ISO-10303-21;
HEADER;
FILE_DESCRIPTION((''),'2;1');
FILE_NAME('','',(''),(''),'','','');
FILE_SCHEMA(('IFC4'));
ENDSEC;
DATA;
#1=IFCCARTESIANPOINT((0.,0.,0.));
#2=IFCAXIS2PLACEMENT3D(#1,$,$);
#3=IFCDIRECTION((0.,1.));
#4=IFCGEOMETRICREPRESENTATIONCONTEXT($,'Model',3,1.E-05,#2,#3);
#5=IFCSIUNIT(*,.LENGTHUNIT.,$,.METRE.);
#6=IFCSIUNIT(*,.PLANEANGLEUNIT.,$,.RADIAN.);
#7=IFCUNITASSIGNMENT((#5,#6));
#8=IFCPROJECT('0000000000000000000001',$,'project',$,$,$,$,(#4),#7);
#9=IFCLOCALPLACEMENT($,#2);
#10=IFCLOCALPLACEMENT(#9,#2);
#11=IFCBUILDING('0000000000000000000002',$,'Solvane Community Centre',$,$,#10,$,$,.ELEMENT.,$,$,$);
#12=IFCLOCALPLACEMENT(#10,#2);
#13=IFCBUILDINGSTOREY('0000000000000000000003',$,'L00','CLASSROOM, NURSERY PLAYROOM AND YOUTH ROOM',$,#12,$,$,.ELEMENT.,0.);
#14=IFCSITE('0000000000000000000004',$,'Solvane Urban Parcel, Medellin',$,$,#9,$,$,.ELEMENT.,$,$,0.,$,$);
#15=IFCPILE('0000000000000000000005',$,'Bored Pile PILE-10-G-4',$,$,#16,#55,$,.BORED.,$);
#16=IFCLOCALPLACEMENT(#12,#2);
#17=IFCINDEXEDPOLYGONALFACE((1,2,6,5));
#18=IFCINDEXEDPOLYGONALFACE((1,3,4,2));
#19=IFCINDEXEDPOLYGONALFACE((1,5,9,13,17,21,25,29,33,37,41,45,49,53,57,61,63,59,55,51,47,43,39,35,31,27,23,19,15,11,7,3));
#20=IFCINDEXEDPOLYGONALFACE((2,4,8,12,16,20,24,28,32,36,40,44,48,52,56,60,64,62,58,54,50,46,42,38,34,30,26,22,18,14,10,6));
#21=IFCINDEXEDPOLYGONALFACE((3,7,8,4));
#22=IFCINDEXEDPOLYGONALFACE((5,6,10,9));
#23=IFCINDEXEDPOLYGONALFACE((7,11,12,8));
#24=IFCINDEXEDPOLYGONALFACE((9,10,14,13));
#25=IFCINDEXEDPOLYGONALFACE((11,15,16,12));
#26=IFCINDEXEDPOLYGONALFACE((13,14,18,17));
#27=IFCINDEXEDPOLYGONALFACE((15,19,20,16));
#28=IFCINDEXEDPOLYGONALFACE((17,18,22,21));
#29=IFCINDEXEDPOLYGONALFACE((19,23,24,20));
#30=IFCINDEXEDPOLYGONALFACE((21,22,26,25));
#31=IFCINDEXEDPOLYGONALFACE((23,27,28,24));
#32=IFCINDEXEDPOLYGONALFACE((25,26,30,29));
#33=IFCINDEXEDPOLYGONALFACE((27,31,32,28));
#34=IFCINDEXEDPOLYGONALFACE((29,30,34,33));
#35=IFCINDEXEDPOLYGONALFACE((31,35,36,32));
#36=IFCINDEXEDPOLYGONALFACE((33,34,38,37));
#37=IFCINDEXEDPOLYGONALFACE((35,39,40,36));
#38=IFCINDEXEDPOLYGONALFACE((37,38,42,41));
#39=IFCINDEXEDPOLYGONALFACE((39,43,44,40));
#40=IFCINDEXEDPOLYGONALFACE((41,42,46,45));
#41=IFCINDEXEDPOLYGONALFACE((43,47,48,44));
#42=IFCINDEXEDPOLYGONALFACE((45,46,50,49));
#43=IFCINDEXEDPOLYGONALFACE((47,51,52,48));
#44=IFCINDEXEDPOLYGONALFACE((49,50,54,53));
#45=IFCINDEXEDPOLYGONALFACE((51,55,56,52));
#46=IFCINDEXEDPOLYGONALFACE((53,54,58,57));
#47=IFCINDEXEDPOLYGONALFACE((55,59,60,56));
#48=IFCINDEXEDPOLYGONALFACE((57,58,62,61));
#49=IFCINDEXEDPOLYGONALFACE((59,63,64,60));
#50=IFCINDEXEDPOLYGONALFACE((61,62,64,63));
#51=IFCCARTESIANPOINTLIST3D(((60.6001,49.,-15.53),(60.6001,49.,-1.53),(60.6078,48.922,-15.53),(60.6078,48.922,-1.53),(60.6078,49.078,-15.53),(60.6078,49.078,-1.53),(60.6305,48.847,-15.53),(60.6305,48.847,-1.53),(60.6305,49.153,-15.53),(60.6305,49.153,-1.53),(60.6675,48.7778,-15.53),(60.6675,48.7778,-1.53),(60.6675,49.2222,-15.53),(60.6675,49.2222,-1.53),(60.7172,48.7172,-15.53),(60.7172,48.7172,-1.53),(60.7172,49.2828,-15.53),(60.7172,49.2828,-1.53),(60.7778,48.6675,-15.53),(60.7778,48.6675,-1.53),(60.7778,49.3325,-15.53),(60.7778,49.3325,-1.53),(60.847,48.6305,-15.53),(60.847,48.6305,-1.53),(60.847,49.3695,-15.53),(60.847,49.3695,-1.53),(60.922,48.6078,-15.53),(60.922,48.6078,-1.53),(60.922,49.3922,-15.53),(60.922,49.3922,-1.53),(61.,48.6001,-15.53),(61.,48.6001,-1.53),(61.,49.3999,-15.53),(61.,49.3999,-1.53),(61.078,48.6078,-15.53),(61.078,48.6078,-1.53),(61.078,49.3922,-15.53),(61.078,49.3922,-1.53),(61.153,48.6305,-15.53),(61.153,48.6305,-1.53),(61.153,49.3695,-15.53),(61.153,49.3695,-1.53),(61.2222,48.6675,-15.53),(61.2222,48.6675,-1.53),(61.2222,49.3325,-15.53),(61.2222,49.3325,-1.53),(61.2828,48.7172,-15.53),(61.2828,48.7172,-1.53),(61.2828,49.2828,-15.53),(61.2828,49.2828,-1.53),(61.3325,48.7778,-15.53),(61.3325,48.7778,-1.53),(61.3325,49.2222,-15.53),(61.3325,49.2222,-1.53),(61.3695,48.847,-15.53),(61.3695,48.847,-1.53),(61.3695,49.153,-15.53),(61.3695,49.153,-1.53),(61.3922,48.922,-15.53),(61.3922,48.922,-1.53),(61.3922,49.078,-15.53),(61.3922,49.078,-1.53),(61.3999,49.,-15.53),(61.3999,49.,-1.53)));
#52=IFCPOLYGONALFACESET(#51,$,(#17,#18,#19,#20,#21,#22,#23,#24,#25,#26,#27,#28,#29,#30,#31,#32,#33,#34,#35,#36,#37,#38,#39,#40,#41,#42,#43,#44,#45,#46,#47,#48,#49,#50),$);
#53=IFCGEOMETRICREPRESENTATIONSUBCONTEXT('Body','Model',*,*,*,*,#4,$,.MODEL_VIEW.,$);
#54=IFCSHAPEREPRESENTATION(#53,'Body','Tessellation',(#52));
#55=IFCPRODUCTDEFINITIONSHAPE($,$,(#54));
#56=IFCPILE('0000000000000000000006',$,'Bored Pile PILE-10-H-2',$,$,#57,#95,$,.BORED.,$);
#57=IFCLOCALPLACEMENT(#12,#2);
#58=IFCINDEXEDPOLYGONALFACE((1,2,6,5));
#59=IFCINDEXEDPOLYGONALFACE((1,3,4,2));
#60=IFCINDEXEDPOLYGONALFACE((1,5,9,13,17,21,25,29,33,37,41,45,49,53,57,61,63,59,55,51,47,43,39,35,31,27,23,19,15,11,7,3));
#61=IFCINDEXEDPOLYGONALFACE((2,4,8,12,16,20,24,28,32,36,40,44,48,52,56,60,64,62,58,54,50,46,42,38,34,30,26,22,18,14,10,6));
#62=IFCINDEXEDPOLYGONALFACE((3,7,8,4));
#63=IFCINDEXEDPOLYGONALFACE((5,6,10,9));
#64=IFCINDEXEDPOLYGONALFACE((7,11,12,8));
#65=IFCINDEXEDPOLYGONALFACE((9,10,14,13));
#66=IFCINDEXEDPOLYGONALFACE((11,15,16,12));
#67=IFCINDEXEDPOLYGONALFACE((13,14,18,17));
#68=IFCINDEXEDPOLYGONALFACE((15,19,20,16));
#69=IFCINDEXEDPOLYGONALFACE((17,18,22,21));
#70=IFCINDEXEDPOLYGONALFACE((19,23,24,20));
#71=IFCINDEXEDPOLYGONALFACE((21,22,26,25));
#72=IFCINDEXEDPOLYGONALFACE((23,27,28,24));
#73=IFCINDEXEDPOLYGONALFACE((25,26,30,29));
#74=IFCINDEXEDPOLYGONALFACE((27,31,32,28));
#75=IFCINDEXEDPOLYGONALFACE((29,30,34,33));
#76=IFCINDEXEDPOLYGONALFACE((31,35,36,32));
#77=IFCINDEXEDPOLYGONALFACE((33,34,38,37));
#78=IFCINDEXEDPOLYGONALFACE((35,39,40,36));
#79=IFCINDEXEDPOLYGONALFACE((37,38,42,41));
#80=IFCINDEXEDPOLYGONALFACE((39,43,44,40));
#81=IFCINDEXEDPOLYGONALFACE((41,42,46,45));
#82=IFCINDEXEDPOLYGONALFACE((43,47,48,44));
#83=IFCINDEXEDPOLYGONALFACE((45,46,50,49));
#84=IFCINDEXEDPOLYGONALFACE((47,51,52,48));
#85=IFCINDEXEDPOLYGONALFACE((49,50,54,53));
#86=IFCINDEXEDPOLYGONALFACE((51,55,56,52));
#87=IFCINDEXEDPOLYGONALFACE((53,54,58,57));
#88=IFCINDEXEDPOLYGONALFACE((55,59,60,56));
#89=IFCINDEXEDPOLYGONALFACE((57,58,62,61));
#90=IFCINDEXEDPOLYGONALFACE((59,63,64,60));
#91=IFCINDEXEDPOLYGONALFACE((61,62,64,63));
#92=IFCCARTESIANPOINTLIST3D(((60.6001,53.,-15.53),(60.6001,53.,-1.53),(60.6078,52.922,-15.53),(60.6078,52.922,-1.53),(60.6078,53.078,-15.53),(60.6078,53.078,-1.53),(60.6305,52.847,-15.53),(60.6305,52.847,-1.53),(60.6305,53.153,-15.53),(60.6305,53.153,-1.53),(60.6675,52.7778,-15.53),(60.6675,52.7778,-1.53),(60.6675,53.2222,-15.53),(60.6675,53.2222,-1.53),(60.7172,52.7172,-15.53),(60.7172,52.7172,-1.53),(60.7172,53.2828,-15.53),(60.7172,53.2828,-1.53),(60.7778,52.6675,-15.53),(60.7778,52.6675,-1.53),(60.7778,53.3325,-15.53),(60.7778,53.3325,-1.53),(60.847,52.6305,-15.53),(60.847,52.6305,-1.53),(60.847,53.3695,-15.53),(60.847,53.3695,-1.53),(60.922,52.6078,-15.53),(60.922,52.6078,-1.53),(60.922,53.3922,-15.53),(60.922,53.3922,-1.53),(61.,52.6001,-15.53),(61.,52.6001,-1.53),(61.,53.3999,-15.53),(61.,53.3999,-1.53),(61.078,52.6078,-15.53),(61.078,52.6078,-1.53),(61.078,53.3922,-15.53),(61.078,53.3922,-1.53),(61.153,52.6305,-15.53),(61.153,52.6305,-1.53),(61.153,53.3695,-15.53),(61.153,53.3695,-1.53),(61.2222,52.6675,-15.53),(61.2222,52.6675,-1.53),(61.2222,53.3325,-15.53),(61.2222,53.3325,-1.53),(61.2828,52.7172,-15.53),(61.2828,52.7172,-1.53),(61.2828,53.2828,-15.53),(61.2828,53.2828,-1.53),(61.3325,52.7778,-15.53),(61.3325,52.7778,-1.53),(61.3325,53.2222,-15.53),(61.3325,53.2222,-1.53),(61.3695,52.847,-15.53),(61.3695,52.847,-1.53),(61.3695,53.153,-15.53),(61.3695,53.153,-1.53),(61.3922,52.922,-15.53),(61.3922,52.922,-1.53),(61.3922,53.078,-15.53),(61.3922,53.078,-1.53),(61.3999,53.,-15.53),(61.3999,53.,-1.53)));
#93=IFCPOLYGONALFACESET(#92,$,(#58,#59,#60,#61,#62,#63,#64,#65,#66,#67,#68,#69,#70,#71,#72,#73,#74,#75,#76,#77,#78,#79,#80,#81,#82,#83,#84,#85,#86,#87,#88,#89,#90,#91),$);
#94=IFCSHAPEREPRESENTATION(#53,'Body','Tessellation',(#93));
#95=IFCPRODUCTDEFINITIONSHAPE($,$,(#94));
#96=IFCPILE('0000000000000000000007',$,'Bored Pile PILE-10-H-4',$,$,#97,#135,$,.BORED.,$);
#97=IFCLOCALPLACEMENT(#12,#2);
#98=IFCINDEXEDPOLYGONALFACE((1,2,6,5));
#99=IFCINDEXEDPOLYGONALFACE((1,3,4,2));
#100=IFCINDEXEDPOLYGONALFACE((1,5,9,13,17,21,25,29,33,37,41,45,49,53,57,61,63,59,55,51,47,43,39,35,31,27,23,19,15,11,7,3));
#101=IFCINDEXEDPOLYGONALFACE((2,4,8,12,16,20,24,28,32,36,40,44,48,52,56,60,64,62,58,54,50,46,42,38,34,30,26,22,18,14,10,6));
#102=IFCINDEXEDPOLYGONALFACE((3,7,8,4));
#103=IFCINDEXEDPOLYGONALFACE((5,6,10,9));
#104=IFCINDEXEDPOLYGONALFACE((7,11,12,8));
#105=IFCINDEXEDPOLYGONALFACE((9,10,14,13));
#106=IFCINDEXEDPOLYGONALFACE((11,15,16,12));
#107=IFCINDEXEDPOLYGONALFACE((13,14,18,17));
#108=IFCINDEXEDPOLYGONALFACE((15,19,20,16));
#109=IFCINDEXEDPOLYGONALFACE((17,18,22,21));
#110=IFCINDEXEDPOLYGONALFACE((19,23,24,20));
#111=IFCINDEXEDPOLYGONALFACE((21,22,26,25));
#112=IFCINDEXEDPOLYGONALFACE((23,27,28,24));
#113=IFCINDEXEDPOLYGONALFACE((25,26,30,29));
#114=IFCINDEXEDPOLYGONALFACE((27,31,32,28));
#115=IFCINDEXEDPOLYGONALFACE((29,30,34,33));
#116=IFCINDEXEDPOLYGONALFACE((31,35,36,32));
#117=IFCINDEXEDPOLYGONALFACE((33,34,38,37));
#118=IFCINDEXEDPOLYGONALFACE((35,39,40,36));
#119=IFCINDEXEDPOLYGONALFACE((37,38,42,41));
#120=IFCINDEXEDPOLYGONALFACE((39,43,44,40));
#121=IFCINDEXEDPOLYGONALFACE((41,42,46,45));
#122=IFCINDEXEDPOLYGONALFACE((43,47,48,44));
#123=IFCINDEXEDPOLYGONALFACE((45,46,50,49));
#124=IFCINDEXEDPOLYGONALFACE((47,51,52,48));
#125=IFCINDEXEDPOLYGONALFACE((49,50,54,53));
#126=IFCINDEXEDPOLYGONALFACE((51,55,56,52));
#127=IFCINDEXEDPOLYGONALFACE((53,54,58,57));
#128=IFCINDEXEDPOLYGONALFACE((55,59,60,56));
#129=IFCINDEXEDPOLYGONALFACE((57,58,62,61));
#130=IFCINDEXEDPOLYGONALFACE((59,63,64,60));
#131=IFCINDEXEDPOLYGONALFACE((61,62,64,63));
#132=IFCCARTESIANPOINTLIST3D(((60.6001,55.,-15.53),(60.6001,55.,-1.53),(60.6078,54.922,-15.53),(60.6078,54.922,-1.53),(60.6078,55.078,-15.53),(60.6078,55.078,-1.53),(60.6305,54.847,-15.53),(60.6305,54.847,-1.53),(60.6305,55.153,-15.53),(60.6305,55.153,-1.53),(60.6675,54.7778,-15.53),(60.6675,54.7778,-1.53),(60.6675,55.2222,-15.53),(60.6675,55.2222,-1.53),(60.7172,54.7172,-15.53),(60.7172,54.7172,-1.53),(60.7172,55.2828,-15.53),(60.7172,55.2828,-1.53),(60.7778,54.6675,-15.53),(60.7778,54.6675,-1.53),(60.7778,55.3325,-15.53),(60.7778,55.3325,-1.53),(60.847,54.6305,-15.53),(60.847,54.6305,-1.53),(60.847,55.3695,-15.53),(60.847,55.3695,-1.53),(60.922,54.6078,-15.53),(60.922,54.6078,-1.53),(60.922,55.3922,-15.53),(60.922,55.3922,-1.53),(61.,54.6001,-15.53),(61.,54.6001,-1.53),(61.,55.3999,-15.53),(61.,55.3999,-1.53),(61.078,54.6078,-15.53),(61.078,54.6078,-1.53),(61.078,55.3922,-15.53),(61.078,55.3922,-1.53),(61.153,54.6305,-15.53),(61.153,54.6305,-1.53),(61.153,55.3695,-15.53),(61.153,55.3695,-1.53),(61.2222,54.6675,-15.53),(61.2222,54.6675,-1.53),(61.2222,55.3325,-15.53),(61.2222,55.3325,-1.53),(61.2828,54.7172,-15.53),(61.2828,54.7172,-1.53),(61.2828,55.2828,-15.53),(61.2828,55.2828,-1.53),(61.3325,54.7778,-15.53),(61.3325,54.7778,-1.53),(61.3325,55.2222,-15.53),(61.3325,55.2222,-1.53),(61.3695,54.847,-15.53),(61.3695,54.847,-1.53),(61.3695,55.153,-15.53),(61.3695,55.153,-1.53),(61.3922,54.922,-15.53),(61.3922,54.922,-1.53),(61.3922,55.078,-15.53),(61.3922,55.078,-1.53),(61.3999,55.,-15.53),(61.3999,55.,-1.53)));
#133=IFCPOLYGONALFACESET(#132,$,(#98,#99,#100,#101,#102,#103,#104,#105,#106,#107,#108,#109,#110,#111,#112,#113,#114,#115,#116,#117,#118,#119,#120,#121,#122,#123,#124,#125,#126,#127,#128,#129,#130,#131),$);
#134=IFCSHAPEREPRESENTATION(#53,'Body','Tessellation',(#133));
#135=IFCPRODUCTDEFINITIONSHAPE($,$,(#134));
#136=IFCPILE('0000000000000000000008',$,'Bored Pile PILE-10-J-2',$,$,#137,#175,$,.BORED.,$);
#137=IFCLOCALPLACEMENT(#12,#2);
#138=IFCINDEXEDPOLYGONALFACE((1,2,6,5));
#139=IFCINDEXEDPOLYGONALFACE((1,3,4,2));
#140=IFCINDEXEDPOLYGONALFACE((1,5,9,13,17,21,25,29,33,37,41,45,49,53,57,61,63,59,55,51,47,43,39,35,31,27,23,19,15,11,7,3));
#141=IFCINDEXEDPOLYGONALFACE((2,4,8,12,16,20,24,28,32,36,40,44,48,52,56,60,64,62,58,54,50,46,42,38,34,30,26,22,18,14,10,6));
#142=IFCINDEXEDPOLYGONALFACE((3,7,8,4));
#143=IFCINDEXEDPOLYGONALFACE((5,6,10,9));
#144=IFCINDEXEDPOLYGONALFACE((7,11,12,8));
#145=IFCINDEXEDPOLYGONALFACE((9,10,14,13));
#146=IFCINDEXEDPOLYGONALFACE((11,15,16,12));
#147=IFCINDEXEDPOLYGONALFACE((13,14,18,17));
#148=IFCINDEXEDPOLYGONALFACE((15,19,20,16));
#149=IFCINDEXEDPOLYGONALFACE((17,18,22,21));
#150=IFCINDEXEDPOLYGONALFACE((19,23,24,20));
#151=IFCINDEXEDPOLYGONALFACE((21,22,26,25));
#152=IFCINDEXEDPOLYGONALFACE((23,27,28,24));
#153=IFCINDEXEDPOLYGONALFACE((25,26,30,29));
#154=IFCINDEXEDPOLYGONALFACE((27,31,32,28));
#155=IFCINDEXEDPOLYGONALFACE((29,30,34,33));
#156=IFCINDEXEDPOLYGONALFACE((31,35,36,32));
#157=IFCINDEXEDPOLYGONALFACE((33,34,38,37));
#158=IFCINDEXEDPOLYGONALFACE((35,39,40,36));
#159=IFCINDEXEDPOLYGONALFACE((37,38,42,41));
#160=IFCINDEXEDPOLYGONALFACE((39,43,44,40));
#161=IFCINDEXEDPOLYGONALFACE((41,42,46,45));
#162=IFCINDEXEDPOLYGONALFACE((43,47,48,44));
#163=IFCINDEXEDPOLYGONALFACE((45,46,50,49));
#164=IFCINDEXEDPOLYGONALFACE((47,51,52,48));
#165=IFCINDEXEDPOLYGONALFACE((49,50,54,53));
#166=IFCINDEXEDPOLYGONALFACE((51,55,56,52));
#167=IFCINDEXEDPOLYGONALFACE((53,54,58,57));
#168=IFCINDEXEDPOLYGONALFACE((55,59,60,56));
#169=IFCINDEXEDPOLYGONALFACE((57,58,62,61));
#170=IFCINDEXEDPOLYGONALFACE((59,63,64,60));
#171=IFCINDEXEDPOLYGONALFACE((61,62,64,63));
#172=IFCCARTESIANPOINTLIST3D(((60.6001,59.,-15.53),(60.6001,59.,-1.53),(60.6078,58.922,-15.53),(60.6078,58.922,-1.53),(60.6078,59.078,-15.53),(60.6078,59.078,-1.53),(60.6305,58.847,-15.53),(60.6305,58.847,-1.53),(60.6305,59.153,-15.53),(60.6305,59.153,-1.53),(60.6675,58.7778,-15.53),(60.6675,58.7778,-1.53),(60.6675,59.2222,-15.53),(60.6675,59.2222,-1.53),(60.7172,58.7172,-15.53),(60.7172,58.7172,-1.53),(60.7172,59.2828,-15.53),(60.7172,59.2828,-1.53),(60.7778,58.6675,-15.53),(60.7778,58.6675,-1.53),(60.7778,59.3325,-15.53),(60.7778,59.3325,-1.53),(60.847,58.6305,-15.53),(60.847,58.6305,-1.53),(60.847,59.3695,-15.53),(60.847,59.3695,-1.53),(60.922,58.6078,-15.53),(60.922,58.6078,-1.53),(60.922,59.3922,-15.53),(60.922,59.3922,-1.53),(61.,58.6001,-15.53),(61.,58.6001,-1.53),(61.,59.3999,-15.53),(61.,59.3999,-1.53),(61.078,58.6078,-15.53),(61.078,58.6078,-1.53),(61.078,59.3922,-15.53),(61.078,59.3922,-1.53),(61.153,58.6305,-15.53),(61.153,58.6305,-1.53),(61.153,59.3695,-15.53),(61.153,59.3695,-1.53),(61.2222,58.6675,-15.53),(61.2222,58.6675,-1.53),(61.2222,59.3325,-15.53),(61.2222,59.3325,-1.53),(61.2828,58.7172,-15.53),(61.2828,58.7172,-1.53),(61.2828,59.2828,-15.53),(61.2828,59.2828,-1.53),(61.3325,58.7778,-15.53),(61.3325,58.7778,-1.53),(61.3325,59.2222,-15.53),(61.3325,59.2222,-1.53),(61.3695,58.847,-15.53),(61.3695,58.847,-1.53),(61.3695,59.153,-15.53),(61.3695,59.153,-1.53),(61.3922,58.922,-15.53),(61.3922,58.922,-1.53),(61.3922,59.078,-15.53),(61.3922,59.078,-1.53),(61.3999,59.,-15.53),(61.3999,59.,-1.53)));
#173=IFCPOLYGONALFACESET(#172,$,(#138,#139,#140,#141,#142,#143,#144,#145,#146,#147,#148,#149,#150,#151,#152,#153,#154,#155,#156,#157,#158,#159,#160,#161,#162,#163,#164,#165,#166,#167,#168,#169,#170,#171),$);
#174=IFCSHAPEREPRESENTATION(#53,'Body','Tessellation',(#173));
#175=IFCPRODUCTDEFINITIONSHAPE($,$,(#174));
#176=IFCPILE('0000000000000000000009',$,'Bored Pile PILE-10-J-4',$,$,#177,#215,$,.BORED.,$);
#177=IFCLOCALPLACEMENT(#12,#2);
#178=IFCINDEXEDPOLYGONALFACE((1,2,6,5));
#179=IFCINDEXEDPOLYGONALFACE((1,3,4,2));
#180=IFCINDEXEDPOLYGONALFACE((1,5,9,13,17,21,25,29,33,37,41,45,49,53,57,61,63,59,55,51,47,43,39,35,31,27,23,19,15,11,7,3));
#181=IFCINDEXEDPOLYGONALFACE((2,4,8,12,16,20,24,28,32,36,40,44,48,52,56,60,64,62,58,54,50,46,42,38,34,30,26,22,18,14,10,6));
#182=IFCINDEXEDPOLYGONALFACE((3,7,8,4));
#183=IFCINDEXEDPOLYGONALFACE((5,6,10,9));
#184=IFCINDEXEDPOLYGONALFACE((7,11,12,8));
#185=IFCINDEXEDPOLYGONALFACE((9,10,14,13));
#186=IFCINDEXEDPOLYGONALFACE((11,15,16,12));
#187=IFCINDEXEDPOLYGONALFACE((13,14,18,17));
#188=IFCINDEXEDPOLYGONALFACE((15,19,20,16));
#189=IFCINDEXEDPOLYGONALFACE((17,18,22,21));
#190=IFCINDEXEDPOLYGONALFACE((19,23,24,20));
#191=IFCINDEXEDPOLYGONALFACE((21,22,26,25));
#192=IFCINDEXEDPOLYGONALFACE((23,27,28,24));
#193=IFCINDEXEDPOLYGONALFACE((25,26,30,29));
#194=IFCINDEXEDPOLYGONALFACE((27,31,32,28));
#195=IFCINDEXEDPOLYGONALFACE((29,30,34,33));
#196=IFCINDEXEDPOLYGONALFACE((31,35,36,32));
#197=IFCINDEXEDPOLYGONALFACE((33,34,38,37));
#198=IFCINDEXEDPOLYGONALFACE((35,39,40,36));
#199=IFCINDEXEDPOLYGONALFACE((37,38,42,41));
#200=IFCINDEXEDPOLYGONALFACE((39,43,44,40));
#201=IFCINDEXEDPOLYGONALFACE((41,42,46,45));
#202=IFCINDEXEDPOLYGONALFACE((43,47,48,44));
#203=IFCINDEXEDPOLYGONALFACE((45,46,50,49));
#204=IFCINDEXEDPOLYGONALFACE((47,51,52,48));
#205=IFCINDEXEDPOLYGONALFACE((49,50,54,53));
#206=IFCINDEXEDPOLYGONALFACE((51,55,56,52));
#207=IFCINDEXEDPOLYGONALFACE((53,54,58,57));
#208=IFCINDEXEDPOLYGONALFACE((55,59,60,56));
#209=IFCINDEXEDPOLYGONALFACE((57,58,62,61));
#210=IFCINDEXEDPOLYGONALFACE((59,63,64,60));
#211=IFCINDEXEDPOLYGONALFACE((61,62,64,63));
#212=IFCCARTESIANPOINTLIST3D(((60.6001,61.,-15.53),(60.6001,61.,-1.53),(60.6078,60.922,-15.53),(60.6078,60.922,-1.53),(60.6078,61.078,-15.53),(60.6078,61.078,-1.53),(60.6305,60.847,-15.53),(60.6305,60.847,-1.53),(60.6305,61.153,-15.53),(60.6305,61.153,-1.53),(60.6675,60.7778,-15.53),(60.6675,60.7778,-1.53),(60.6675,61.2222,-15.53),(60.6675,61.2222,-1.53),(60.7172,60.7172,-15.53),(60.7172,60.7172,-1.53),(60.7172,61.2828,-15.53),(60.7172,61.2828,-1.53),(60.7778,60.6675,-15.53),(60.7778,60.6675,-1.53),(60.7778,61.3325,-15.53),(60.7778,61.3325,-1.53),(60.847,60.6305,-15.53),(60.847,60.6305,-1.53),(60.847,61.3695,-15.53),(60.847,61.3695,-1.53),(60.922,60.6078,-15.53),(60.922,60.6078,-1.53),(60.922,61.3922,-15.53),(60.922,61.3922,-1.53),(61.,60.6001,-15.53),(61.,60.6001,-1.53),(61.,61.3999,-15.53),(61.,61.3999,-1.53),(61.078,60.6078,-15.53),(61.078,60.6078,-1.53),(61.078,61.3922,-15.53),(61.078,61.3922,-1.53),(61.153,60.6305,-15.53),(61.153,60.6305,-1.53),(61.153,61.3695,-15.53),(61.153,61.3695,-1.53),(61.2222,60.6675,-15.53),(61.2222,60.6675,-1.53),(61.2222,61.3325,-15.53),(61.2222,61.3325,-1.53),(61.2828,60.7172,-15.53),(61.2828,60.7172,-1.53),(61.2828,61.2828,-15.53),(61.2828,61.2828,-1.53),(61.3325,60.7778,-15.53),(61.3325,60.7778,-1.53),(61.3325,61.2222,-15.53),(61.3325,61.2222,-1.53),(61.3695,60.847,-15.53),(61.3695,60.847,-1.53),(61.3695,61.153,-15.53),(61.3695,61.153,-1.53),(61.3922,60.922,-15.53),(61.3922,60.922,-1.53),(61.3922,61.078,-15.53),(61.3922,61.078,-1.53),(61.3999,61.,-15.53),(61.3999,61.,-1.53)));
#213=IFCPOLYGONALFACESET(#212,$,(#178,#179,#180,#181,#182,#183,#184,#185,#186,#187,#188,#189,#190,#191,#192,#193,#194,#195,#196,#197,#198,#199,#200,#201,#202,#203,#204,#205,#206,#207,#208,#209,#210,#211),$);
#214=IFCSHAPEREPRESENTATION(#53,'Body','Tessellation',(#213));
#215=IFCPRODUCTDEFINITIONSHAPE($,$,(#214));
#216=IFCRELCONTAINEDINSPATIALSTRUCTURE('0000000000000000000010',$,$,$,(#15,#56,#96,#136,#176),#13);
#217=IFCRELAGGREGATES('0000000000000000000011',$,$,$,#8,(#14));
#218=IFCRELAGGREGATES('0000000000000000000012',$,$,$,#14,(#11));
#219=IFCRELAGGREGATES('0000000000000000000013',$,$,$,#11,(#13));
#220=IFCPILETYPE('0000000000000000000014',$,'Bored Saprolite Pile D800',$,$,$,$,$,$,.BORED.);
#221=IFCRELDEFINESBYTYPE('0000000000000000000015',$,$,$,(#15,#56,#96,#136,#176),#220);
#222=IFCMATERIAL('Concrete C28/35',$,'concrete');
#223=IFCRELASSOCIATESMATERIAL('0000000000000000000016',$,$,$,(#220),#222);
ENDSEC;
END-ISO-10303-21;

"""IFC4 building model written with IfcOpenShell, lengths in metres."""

from ifc_helpers import new_model, si_unit, direction, frame, origin, origin_2d, place, context, subcontext, project, spatial, circle, extrude, material, material_profile, profile_set, type_object, element, save


model = new_model("IFC4")

# Units and contexts
model_context = context("Model", 3, precision=1e-05, world=origin(), true_north=direction((0.0, 1.0)))
body_context = subcontext(model_context, "Body", "Model", "MODEL_VIEW")
ifc_project = project(units=[si_unit("LENGTHUNIT", "METRE"), si_unit("PLANEANGLEUNIT", "RADIAN")], contexts=[model_context])

# Site, building, storey
site_placement = place(None, origin())
site = spatial("IfcSite", under=ifc_project, at=site_placement, Name="Solvane Urban Parcel, Medellin", CompositionType="ELEMENT", RefElevation=0.0)
building_placement = place(site_placement, origin())
building = spatial("IfcBuilding", under=site, at=building_placement, Name="Solvane Community Centre", CompositionType="ELEMENT")
storey_placement = place(building_placement, origin())
storey = spatial("IfcBuildingStorey", under=building, at=storey_placement, Name="L00", Description="CLASSROOM, NURSERY PLAYROOM AND YOUTH ROOM", CompositionType="ELEMENT", Elevation=0.0)

# Piles
ifc_material_1 = material(Name="Concrete C28/35", Category="concrete")
ifc_material_profile_1 = material_profile(ifc_material_1, circle(Radius=0.3999, at=origin_2d()), Name="PILE D800")
ifc_profile_set_1 = profile_set([ifc_material_profile_1], Name="Concrete C28/35")
pile_type = type_object("IfcPileType", Name="Bored Saprolite Pile D800", PredefinedType="BORED", material=ifc_profile_set_1)
for number, where, z_axis, x_axis, name in (
    (1, (61.0, 49.0, -1.53), (0.0, 0.0, -1.0), (1.0, 0.0, 0.0), "Bored Pile PILE-10-G-4"),
    (2, (61.0, 53.0, -1.53), (0.0, 0.0, -1.0), (1.0, 0.0, 0.0), "Bored Pile PILE-10-H-2"),
    (3, (61.0, 55.0, -1.53), (0.0, 0.0, -1.0), (1.0, 0.0, 0.0), "Bored Pile PILE-10-H-4"),
    (4, (61.0, 59.0, -1.53), (0.0, 0.0, -1.0), (1.0, 0.0, 0.0), "Bored Pile PILE-10-J-2"),
    (5, (61.0, 61.0, -1.53), (0.0, 0.0, -1.0), (1.0, 0.0, 0.0), "Bored Pile PILE-10-J-4"),
):
    element("IfcPile", number, at=place(storey_placement, frame(where, z_axis=z_axis, x_axis=x_axis)), inside=storey, type_object=pile_type, Name=name, PredefinedType="BORED", context=body_context, shape_type="SweptSolid", body=[
        extrude(circle(Radius=0.3999, at=origin_2d()), origin(), (0.0, 0.0, 1.0), 14.0),
    ])

save(model, "model.ifc")
